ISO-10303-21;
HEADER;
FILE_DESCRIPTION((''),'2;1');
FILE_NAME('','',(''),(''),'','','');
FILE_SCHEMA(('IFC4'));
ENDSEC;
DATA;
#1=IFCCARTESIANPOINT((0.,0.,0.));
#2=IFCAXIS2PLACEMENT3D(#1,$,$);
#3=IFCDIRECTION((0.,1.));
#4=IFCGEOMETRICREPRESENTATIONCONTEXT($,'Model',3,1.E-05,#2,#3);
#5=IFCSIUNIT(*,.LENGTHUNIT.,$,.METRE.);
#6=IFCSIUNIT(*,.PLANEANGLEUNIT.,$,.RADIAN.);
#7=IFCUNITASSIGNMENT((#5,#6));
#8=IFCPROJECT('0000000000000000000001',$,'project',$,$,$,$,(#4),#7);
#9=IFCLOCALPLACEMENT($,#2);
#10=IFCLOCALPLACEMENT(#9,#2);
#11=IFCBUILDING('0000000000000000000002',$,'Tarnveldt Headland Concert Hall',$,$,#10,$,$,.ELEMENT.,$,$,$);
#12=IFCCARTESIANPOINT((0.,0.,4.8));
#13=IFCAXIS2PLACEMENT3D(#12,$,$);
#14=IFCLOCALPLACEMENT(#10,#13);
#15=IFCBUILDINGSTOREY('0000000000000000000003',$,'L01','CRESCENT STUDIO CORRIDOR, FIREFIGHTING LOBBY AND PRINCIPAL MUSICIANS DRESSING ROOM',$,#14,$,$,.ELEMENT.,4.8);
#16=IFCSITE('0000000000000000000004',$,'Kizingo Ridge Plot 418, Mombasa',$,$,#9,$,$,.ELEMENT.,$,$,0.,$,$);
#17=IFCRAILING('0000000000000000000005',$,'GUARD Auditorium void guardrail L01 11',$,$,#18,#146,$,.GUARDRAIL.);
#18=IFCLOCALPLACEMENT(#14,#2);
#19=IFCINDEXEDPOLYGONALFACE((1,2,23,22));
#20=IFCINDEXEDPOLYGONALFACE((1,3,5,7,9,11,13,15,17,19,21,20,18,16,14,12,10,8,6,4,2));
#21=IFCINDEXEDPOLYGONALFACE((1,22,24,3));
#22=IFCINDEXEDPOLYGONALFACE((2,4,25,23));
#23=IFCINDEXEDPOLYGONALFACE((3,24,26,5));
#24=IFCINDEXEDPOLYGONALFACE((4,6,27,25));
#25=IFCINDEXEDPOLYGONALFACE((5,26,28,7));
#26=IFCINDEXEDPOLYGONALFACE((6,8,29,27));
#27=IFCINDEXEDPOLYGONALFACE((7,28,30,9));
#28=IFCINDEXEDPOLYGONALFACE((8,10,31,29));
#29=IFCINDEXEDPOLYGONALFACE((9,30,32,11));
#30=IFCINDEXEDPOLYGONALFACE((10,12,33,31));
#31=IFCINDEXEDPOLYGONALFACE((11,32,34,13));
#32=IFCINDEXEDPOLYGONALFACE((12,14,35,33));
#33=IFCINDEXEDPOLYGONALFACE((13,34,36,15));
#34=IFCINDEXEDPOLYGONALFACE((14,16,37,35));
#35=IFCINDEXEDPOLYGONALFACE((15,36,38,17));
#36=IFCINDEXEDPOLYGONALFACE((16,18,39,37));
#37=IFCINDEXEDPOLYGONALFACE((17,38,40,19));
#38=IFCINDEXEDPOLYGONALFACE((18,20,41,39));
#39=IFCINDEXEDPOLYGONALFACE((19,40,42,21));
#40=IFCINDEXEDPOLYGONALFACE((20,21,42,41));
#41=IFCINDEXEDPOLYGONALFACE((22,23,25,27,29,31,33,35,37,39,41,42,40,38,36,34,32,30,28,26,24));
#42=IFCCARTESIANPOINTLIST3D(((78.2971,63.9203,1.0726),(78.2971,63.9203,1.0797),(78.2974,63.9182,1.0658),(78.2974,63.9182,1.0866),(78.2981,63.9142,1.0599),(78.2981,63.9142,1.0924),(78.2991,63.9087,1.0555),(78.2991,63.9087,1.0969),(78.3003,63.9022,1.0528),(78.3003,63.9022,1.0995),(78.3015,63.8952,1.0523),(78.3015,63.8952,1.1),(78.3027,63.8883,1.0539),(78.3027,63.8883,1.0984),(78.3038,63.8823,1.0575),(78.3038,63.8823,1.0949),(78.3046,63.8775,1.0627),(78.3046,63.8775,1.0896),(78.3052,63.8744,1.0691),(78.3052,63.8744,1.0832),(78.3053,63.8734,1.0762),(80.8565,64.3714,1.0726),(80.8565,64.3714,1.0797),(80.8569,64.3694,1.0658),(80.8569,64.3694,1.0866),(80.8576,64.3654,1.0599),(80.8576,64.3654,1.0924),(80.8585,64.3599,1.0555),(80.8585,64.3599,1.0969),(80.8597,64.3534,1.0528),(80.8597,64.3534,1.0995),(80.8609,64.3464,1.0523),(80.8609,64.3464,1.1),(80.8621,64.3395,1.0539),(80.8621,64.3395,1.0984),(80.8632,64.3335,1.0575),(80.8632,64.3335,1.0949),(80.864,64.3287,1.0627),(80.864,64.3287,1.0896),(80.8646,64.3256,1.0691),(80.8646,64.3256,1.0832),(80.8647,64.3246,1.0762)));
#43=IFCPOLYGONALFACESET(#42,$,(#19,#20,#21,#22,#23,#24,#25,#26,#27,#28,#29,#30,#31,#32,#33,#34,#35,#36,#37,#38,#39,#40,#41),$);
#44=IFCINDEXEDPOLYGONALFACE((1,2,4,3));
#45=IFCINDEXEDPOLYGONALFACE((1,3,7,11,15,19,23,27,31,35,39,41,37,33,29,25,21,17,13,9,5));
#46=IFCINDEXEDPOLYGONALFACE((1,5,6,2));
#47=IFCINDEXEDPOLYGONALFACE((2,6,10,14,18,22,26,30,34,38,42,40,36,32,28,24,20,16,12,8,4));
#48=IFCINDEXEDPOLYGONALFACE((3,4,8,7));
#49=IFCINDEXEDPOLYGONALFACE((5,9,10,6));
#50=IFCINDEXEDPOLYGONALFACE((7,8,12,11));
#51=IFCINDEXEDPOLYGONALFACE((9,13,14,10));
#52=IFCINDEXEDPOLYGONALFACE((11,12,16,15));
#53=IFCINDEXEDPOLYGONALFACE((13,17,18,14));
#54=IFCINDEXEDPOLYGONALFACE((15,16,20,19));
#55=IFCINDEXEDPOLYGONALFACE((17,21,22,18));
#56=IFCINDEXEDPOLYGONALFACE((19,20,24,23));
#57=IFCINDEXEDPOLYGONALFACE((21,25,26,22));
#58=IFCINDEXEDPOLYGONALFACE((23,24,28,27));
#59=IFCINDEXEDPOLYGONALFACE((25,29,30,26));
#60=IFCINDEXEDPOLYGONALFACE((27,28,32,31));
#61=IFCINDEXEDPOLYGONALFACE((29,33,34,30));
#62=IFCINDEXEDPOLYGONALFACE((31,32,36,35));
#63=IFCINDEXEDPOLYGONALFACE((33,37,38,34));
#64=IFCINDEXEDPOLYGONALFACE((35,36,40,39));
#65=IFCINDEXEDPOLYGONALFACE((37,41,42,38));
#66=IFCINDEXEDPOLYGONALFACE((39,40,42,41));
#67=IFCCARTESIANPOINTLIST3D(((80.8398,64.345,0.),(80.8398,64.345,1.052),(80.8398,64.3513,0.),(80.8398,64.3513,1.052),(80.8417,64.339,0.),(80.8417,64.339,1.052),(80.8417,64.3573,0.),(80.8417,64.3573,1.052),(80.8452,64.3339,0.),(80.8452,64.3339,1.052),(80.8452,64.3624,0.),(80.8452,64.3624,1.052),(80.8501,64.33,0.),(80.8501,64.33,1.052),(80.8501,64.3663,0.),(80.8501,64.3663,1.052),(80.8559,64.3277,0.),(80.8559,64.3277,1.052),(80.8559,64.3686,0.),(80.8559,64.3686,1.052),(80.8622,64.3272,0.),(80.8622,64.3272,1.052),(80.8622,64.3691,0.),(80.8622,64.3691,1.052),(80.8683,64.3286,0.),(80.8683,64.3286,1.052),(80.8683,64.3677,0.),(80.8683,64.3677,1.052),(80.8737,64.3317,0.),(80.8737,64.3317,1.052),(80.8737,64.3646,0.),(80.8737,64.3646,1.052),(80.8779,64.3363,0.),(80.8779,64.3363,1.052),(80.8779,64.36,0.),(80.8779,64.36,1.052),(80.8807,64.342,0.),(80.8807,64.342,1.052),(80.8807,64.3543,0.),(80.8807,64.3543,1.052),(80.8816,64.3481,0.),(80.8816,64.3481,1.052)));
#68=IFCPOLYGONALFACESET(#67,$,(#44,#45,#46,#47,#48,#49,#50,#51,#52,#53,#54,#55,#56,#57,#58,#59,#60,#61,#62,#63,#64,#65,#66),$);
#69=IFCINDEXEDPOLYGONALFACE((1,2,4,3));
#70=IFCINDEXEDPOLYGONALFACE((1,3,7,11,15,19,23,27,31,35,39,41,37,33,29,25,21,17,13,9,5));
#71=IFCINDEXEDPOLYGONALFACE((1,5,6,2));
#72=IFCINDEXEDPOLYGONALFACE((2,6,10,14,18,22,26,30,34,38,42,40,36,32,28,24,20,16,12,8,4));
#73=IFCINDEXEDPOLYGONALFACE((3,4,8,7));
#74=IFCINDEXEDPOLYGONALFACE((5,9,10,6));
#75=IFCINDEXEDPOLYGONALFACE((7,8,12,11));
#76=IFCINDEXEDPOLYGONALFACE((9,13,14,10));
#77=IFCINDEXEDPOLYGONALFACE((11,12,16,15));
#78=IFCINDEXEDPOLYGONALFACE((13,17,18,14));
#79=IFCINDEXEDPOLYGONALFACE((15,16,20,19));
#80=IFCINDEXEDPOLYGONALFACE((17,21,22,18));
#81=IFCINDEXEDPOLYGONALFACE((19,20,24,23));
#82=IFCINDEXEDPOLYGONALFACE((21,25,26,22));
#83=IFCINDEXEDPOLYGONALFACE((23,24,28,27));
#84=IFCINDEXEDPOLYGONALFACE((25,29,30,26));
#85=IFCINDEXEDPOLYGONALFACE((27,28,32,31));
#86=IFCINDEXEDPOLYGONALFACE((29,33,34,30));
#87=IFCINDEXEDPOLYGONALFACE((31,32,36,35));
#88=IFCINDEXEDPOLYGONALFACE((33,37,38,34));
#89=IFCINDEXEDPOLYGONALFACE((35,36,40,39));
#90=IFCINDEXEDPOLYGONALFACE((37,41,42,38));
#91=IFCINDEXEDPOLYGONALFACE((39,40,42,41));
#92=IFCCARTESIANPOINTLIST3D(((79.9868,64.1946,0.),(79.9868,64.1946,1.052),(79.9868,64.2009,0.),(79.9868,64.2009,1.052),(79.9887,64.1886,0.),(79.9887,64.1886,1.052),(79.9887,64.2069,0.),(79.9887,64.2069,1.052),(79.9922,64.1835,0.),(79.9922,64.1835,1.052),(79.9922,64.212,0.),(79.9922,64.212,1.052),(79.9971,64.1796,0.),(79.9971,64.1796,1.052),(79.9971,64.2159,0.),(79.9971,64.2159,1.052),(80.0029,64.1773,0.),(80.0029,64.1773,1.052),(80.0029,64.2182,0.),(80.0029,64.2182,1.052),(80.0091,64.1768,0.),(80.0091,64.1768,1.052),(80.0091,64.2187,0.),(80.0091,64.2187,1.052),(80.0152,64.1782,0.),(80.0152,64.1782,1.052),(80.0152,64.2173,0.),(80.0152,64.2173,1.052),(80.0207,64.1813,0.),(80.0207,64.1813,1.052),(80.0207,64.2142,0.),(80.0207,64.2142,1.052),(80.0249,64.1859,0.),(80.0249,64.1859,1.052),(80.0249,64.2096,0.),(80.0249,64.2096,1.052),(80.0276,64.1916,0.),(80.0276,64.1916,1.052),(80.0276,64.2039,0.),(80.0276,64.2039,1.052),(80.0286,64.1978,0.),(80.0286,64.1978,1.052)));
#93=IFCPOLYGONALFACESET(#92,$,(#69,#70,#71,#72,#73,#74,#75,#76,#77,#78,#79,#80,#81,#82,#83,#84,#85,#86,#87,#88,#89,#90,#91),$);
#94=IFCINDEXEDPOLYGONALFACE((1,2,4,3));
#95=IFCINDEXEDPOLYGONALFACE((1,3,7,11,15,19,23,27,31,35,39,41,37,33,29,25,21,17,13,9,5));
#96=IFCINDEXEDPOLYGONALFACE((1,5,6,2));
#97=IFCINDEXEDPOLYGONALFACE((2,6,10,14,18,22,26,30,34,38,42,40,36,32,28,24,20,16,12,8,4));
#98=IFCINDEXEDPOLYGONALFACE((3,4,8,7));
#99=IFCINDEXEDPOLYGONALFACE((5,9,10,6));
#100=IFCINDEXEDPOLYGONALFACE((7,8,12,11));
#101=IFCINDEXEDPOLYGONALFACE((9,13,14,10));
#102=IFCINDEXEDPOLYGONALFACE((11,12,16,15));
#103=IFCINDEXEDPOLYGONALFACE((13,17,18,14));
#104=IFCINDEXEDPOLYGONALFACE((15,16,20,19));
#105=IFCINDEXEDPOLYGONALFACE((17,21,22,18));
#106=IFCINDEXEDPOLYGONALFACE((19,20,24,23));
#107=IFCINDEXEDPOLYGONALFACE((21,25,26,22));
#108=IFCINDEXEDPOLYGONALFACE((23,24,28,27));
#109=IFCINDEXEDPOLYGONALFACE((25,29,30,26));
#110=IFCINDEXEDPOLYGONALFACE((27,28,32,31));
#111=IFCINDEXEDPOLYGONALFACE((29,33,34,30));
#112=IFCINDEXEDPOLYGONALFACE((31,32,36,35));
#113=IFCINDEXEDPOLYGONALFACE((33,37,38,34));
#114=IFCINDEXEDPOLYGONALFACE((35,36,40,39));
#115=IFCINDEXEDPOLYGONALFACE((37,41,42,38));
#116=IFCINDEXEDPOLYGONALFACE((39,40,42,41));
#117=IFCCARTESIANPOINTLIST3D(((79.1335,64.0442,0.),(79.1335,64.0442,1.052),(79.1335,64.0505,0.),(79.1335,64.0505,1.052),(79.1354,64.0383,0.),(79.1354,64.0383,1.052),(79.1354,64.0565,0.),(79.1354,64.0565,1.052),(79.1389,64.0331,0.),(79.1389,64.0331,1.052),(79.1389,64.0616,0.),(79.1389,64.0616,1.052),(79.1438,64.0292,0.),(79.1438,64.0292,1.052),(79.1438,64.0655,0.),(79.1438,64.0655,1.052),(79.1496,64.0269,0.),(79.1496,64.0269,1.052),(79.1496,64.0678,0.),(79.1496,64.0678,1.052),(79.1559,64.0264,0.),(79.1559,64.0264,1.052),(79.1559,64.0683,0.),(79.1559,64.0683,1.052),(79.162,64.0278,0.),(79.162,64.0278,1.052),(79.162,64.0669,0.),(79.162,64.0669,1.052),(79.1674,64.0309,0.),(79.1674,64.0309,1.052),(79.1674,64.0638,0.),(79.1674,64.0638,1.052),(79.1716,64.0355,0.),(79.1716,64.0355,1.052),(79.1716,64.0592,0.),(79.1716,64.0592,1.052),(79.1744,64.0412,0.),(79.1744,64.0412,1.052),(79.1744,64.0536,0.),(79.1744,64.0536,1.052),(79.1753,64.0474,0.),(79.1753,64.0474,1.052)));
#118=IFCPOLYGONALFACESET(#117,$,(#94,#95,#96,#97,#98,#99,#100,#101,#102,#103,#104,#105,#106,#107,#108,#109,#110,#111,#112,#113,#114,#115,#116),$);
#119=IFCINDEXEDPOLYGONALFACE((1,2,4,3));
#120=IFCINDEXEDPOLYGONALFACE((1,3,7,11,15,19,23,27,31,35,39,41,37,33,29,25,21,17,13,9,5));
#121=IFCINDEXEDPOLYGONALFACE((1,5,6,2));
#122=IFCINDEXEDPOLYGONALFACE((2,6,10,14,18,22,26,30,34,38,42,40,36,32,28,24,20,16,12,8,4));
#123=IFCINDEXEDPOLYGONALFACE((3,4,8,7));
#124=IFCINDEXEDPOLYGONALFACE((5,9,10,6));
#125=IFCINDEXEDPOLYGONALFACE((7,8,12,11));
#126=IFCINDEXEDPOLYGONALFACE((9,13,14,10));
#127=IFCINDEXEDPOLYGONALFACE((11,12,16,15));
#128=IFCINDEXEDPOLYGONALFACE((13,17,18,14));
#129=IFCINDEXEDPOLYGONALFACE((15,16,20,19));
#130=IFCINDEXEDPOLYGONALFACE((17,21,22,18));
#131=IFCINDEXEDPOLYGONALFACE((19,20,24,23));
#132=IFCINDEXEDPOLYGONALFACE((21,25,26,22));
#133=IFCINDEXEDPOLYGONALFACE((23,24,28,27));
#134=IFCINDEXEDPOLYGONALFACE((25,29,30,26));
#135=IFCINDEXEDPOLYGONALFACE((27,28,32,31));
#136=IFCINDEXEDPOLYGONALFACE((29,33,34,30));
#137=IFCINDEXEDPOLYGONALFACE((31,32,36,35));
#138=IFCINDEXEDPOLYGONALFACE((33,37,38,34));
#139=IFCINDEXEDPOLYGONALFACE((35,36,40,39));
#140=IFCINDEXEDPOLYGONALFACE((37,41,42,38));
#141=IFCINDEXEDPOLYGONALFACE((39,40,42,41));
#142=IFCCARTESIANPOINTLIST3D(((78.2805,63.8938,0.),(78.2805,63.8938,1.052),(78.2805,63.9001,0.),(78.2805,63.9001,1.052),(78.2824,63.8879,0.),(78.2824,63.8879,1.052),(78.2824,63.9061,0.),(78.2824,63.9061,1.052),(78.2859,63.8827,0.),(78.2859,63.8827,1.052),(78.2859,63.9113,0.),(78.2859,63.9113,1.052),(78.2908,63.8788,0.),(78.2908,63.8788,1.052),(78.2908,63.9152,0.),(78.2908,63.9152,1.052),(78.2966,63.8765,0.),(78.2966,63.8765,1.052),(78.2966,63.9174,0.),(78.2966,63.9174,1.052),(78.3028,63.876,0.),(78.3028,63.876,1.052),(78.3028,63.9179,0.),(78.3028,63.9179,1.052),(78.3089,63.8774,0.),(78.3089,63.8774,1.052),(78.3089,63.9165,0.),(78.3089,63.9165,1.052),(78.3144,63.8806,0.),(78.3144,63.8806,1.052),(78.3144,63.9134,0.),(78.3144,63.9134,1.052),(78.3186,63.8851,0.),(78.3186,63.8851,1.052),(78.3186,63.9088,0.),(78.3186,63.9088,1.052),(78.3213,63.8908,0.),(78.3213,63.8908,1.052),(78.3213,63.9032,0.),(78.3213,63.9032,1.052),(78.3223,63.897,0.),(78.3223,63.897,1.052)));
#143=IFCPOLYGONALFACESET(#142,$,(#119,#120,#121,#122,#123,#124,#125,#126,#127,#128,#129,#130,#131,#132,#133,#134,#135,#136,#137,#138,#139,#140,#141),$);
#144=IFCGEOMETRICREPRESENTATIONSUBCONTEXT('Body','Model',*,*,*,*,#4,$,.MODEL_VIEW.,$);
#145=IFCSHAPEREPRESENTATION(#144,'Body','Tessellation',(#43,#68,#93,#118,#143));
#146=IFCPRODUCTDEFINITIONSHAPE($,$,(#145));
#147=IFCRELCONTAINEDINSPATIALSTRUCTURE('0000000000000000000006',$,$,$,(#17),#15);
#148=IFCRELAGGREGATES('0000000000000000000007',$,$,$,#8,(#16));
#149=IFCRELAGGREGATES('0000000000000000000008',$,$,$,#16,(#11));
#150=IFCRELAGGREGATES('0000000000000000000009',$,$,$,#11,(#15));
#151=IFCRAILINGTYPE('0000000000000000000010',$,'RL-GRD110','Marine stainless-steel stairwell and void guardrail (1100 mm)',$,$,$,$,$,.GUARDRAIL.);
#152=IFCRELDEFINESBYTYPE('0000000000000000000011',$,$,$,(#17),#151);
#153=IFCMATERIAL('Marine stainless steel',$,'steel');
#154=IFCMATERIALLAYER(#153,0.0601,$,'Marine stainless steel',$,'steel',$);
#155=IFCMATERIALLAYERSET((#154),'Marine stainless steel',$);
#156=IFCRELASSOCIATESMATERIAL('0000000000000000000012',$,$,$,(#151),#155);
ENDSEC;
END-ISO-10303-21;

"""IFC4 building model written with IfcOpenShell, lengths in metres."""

from ifc_helpers import new_model, si_unit, direction, frame, origin, origin_2d, place, context, subcontext, project, spatial, circle, extrude, material, layer, layer_set, type_object, element, save


model = new_model("IFC4")

# Units and contexts
model_context = context("Model", 3, precision=1e-05, world=origin(), true_north=direction((0.0, 1.0)))
body_context = subcontext(model_context, "Body", "Model", "MODEL_VIEW")
ifc_project = project(units=[si_unit("LENGTHUNIT", "METRE"), si_unit("PLANEANGLEUNIT", "RADIAN")], contexts=[model_context])

# Site, building, storey
site_placement = place(None, origin())
site = spatial("IfcSite", under=ifc_project, at=site_placement, Name="Kizingo Ridge Plot 418, Mombasa", CompositionType="ELEMENT", RefElevation=0.0)
building_placement = place(site_placement, origin())
building = spatial("IfcBuilding", under=site, at=building_placement, Name="Tarnveldt Headland Concert Hall", CompositionType="ELEMENT")
storey_placement = place(building_placement, frame((0.0, 0.0, 4.8)))
storey = spatial("IfcBuildingStorey", under=building, at=storey_placement, Name="L01", Description="CRESCENT STUDIO CORRIDOR, FIREFIGHTING LOBBY AND PRINCIPAL MUSICIANS DRESSING ROOM", CompositionType="ELEMENT", Elevation=4.8)

# Railing
ifc_material_1 = material(Name="Marine stainless steel", Category="steel")
ifc_layer_1 = layer(ifc_material_1, 0.0601, Name="Marine stainless steel", Category="steel")
ifc_layer_set_1 = layer_set([ifc_layer_1], Name="Marine stainless steel")
railing_type = type_object("IfcRailingType", Name="RL-GRD110", Description="Marine stainless-steel stairwell and void guardrail (1100 mm)", PredefinedType="GUARDRAIL", material=ifc_layer_set_1)
railing_1_placement = place(storey_placement, frame((80.8606, 64.3481, 0.0)))
element("IfcRailing", 1, at=railing_1_placement, inside=storey, type_object=railing_type, Name="GUARD Auditorium void guardrail L01 11", PredefinedType="GUARDRAIL", context=body_context, shape_type="SweptSolid", body=[
    extrude(circle(Radius=0.0239, at=origin_2d()), frame((0.0, 0.0, 1.0762), z_axis=(-0.984815, -0.173608, 0.0), x_axis=(0.173608, -0.984815, 0.0)), (0.0, 0.0, 1.0), 2.5989),
    extrude(circle(Radius=0.021, at=origin_2d()), origin(), (0.0, 0.0, 1.0), 1.052),
    extrude(circle(Radius=0.021, at=origin_2d()), frame((-0.853, -0.1504, 0.0)), (0.0, 0.0, 1.0), 1.052),
    extrude(circle(Radius=0.021, at=origin_2d()), frame((-1.7063, -0.3008, 0.0)), (0.0, 0.0, 1.0), 1.052),
    extrude(circle(Radius=0.021, at=origin_2d()), frame((-2.5593, -0.4512, 0.0)), (0.0, 0.0, 1.0), 1.052),
])

save(model, "model.ifc")
